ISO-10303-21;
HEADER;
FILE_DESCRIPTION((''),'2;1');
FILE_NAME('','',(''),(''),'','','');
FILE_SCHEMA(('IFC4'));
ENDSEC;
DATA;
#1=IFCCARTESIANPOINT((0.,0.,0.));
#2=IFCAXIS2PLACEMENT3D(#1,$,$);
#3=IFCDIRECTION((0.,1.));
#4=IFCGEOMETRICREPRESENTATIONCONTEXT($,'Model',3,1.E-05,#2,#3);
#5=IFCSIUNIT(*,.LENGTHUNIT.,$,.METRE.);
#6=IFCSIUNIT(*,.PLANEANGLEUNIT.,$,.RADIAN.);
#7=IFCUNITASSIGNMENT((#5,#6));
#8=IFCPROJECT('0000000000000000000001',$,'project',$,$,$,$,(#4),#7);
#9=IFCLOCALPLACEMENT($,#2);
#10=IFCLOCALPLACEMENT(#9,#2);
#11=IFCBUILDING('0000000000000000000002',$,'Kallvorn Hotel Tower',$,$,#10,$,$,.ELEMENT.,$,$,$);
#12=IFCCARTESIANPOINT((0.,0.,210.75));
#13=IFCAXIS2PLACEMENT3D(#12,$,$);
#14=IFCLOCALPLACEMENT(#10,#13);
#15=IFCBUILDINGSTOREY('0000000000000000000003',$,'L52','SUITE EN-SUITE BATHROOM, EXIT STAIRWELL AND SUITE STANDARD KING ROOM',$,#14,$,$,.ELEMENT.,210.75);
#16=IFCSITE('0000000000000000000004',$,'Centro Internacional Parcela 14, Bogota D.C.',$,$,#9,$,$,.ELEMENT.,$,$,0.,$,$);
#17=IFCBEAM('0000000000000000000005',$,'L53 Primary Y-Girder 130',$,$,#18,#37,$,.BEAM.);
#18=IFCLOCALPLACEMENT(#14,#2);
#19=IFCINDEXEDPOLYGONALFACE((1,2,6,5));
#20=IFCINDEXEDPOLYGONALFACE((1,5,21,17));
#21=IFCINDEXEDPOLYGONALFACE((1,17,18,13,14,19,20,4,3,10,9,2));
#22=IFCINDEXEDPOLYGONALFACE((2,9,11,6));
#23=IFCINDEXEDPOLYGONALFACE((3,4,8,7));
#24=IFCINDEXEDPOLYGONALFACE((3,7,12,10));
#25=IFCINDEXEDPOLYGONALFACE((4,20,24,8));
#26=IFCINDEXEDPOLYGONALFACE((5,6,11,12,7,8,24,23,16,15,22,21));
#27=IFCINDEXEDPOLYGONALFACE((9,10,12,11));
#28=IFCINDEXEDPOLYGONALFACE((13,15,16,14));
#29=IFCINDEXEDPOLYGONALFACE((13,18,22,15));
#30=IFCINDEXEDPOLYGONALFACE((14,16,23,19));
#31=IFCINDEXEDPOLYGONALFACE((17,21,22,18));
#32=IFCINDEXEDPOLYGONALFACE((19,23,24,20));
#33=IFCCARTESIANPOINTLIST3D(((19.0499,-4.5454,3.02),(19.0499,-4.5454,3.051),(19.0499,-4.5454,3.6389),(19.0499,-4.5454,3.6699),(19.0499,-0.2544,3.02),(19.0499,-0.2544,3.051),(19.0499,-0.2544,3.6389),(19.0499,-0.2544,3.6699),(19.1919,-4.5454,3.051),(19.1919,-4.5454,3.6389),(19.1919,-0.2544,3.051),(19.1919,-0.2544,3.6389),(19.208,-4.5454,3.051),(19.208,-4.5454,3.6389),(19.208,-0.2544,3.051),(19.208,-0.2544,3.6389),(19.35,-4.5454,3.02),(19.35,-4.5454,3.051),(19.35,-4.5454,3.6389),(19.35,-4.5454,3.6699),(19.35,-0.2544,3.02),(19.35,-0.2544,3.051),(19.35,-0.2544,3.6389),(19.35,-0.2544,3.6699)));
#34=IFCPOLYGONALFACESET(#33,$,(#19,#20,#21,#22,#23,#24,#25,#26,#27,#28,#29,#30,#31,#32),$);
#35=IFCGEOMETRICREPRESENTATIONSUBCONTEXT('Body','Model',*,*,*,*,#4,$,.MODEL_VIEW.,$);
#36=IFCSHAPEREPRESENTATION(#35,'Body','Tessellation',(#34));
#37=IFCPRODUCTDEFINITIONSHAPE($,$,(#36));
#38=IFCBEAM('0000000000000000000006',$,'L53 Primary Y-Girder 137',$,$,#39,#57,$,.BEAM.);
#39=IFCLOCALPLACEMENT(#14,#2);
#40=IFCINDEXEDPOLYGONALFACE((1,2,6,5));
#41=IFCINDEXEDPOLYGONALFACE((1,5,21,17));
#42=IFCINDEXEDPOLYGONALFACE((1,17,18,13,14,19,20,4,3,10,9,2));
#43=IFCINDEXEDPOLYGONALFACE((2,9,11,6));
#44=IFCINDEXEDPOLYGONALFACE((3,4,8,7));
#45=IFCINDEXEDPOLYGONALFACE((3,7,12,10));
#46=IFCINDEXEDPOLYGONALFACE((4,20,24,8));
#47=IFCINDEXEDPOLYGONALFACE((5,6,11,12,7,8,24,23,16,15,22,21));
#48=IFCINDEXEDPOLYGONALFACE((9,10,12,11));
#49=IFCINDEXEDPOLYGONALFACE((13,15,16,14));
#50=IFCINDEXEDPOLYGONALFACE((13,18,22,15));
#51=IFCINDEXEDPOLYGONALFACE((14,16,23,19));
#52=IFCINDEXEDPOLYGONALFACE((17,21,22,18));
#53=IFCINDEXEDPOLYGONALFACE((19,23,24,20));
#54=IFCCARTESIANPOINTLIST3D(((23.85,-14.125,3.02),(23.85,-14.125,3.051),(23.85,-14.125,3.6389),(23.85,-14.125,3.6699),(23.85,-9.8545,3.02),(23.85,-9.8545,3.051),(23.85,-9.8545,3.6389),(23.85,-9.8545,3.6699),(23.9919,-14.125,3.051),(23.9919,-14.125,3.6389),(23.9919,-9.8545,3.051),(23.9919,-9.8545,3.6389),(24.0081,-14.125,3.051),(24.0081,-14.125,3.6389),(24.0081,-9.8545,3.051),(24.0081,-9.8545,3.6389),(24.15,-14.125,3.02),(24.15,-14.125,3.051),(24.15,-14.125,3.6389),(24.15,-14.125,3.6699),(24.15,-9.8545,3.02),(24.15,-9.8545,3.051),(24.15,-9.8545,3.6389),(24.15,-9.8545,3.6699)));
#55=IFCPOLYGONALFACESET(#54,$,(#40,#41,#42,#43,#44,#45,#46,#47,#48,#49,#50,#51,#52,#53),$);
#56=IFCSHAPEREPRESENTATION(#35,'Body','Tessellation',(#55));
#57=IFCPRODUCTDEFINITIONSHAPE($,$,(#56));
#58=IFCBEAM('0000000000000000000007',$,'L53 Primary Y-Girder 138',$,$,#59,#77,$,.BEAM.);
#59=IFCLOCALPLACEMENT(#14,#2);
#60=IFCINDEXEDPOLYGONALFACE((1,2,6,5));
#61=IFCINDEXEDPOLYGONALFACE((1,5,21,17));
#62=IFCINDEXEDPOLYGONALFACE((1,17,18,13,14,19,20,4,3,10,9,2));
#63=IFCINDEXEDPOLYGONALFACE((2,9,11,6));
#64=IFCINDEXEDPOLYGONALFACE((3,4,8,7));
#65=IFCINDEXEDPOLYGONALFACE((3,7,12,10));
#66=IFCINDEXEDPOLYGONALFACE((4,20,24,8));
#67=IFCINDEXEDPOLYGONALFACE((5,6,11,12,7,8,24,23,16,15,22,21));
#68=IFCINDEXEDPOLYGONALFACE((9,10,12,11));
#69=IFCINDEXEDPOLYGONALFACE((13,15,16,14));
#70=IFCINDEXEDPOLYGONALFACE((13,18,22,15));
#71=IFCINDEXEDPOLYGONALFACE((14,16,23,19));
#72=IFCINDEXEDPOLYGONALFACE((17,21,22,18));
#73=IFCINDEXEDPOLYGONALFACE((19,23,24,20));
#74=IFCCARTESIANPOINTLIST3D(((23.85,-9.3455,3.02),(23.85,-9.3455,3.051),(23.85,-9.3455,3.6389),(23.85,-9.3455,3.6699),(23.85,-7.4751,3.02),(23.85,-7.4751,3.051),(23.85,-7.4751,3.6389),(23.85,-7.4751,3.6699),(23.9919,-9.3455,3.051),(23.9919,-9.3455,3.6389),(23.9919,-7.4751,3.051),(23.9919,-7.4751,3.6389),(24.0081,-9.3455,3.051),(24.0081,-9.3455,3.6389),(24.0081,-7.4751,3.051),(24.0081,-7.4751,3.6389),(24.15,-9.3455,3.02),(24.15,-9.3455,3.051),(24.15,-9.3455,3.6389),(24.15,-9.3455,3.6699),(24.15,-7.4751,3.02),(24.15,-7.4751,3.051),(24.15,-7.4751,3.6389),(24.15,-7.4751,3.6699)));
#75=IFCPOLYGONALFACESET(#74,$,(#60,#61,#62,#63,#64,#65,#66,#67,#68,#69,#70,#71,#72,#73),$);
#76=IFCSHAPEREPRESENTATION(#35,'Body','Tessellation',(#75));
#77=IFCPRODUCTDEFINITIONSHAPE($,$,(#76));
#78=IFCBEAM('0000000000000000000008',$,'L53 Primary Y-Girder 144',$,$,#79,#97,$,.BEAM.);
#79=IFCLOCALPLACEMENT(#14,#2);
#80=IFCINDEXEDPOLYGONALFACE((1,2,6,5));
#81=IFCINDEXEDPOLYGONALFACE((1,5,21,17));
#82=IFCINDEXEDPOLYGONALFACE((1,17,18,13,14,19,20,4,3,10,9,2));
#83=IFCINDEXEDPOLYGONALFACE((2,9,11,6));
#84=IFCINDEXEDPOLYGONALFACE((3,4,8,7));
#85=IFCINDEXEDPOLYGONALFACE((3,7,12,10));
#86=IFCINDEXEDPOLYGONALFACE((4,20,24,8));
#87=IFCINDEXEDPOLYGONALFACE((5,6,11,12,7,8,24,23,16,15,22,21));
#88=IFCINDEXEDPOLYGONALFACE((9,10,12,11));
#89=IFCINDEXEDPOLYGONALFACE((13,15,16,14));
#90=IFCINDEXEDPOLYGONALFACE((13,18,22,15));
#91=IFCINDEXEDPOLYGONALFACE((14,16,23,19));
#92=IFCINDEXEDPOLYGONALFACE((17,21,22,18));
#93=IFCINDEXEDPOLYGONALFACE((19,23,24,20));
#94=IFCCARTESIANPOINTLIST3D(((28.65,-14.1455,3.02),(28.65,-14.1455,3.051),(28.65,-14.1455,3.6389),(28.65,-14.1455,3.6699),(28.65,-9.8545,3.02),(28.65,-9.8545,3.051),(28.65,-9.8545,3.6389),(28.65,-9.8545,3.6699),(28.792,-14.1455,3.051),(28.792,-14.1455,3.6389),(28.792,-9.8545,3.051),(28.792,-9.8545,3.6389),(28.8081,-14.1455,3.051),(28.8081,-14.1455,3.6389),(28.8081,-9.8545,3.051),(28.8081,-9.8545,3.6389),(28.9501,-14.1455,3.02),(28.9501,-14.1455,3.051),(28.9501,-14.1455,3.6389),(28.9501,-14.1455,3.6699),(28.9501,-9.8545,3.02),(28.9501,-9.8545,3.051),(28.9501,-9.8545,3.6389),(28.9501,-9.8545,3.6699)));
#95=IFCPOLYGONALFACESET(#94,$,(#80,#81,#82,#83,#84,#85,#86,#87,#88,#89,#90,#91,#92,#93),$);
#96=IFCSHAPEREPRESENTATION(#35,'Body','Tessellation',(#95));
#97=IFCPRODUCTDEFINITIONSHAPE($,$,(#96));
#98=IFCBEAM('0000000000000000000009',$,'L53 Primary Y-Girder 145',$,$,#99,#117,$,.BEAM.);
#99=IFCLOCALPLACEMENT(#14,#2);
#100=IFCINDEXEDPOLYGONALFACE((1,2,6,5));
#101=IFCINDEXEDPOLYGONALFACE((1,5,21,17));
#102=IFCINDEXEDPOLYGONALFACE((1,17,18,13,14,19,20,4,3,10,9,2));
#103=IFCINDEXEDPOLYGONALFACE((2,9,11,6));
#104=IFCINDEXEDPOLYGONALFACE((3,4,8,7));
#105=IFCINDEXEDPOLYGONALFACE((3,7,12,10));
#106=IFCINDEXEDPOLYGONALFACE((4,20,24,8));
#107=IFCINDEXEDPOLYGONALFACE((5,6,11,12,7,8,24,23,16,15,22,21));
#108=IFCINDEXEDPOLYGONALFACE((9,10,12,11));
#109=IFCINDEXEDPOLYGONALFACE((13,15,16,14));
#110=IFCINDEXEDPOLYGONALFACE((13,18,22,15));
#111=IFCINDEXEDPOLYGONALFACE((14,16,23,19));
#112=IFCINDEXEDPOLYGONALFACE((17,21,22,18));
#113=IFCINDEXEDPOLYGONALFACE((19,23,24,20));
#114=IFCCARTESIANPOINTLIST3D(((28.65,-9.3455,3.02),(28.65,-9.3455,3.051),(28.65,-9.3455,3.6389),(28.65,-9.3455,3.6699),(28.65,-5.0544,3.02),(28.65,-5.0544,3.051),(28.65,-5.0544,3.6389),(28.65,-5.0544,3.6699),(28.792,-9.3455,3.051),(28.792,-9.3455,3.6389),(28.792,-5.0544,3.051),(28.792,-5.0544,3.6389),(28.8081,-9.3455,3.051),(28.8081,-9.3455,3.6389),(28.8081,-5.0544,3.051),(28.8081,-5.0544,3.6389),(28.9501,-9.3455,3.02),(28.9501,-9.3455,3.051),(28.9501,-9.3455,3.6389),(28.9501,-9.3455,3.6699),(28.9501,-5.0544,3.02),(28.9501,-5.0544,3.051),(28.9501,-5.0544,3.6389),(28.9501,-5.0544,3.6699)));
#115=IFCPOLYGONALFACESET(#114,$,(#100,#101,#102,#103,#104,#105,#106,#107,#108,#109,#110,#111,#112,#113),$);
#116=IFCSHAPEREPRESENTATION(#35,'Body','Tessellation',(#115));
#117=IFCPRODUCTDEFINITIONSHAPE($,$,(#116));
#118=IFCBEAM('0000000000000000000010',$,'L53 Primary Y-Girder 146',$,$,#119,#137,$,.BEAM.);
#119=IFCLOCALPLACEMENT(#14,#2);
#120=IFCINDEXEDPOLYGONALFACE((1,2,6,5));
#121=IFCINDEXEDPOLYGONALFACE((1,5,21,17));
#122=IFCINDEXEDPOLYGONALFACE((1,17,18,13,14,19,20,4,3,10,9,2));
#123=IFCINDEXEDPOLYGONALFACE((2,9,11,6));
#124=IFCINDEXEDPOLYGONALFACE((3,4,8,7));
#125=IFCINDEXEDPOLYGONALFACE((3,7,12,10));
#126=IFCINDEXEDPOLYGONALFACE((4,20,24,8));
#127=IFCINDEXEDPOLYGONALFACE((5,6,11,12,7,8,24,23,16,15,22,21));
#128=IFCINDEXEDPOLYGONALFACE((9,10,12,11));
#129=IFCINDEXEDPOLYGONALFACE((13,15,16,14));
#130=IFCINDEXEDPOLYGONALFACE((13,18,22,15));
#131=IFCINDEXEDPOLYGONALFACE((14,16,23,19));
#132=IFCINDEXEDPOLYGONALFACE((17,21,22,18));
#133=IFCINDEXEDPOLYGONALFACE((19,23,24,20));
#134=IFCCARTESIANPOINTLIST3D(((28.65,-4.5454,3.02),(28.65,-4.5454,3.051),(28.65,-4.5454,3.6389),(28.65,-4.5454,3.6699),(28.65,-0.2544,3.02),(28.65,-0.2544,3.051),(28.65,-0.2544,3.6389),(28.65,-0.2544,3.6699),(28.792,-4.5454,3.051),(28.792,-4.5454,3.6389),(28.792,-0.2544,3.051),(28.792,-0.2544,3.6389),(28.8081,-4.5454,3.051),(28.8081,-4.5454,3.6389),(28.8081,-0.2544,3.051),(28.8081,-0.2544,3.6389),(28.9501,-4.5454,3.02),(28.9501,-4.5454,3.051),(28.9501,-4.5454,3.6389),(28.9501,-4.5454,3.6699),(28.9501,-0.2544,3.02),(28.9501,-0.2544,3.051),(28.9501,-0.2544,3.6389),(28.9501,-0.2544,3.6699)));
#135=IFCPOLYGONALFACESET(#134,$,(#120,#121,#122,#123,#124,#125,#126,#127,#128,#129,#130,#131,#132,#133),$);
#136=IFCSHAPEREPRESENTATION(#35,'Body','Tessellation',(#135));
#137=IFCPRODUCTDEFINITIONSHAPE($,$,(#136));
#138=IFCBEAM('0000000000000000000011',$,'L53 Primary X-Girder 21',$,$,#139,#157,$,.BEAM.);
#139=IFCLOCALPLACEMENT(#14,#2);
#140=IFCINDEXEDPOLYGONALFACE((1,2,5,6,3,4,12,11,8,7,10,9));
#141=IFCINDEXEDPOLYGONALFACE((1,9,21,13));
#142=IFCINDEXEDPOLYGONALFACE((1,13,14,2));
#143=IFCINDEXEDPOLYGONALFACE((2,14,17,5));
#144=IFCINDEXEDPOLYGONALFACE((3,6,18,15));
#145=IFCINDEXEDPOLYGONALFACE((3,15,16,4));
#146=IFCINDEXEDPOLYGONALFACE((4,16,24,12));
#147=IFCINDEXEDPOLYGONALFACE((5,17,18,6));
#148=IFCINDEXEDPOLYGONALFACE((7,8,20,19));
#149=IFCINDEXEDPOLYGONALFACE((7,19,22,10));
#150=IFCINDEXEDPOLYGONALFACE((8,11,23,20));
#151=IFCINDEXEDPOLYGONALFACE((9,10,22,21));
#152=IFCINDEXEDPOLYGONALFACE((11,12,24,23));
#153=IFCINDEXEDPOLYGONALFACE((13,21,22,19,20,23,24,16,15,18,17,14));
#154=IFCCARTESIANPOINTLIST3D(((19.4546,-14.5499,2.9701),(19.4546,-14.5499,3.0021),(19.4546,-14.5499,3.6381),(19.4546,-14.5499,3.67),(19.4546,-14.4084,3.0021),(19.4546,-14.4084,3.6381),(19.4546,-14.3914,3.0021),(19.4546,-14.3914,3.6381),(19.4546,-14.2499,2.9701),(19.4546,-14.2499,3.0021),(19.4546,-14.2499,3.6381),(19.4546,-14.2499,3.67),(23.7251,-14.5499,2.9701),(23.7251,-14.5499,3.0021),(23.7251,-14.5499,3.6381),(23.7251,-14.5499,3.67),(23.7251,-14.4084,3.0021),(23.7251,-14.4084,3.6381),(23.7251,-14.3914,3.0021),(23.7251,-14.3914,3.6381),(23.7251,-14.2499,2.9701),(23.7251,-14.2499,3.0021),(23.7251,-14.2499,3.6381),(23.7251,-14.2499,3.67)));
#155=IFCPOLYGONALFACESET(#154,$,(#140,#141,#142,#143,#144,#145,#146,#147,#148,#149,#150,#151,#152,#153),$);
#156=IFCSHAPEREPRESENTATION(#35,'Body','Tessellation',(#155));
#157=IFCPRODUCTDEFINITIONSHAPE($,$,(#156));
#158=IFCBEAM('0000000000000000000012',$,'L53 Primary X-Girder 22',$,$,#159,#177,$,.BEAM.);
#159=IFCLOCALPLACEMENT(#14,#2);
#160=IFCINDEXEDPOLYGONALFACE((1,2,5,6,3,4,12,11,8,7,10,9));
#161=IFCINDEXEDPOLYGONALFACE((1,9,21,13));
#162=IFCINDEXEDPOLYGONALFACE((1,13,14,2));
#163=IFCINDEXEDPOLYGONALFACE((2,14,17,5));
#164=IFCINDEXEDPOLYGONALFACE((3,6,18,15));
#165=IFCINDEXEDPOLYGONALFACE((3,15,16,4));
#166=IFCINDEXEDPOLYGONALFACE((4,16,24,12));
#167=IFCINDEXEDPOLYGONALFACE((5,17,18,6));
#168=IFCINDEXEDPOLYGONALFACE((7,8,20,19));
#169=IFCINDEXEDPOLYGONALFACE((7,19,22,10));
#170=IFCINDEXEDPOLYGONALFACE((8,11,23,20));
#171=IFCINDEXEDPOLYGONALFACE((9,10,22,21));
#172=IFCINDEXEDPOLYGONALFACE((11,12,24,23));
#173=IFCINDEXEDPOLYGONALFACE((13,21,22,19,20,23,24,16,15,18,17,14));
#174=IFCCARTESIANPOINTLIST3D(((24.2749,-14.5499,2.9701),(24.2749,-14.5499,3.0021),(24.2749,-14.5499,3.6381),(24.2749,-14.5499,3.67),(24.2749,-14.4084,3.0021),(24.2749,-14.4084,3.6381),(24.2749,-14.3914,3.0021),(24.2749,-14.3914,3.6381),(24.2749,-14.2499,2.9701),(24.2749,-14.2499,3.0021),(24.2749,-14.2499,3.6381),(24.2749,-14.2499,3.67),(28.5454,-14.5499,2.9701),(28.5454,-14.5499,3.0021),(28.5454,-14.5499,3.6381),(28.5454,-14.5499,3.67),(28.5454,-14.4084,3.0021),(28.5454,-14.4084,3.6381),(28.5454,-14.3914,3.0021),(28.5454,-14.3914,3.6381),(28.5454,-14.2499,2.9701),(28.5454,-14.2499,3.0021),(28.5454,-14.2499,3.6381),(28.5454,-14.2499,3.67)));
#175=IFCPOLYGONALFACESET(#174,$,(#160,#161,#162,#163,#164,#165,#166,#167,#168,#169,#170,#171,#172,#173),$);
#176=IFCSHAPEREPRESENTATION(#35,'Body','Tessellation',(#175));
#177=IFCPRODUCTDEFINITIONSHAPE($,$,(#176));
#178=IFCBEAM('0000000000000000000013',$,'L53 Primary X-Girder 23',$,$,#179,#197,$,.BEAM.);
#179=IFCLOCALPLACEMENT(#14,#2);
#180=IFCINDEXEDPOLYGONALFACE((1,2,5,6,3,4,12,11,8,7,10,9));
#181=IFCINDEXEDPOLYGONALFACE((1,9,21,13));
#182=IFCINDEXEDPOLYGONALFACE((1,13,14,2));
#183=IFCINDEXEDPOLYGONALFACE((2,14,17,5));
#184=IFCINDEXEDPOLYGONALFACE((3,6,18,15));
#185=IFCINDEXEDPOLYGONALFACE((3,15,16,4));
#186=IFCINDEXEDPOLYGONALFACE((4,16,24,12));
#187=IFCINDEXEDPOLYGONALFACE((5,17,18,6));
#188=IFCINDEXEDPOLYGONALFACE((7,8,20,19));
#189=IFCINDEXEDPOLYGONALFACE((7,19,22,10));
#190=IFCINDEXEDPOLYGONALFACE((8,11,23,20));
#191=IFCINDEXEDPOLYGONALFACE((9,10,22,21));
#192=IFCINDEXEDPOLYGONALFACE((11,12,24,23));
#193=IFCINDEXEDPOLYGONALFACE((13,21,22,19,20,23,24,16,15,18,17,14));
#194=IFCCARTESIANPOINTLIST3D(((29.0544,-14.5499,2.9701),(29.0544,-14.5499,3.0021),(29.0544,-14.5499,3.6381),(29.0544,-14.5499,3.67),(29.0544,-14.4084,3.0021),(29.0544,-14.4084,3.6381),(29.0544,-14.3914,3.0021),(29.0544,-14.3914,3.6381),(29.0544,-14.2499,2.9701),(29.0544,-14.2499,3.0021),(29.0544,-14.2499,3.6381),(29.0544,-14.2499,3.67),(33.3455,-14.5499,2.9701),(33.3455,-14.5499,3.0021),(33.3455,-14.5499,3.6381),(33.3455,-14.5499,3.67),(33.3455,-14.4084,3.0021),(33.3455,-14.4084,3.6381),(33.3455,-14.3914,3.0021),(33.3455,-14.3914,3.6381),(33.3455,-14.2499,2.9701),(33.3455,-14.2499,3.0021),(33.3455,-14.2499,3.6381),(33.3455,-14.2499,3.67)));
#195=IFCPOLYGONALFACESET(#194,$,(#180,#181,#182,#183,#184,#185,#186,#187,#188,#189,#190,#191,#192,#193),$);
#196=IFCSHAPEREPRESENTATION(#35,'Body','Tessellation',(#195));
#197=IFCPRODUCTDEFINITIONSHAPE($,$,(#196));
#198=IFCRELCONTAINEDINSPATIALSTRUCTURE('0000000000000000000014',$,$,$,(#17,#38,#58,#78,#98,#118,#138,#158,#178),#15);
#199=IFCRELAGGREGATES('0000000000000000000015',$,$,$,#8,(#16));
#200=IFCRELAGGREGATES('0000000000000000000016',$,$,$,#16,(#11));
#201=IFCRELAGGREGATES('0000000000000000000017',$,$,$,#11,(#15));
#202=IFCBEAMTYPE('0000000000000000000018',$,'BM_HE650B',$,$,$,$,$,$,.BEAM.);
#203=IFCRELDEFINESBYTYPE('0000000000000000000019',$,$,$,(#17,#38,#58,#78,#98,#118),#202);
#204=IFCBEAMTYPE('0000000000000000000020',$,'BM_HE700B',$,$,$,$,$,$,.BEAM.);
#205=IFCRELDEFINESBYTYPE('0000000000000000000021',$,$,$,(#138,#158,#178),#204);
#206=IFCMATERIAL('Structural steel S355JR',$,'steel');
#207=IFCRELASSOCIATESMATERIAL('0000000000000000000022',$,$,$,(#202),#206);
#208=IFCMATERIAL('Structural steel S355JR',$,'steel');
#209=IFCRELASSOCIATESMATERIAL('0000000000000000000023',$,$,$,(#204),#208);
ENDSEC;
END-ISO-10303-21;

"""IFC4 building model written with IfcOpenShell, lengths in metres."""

from ifc_helpers import new_model, si_unit, direction, frame, origin, origin_2d, place, context, subcontext, project, spatial, i_section, extrude, material, material_profile, profile_set, type_object, element, save


model = new_model("IFC4")

# Units and contexts
model_context = context("Model", 3, precision=1e-05, world=origin(), true_north=direction((0.0, 1.0)))
body_context = subcontext(model_context, "Body", "Model", "MODEL_VIEW")
ifc_project = project(units=[si_unit("LENGTHUNIT", "METRE"), si_unit("PLANEANGLEUNIT", "RADIAN")], contexts=[model_context])

# Site, building, storey
site_placement = place(None, origin())
site = spatial("IfcSite", under=ifc_project, at=site_placement, Name="Centro Internacional Parcela 14, Bogota D.C.", CompositionType="ELEMENT", RefElevation=0.0)
building_placement = place(site_placement, origin())
building = spatial("IfcBuilding", under=site, at=building_placement, Name="Kallvorn Hotel Tower", CompositionType="ELEMENT")
storey_placement = place(building_placement, frame((0.0, 0.0, 210.75)))
storey = spatial("IfcBuildingStorey", under=building, at=storey_placement, Name="L52", Description="SUITE EN-SUITE BATHROOM, EXIT STAIRWELL AND SUITE STANDARD KING ROOM", CompositionType="ELEMENT", Elevation=210.75)

# Beams
ifc_material_1 = material(Name="Structural steel S355JR", Category="steel")
ifc_material_profile_1 = material_profile(ifc_material_1, i_section(OverallWidth=0.3, OverallDepth=0.6499, WebThickness=0.0161, FlangeThickness=0.031, at=origin_2d()), Name="HE 650 B")
ifc_profile_set_1 = profile_set([ifc_material_profile_1], Name="Structural steel S355JR")
beam_type_1 = type_object("IfcBeamType", Name="BM_HE650B", PredefinedType="BEAM", material=ifc_profile_set_1)
for number, where, z_axis, x_axis, name in (
    (1, (19.2, -4.5454, 3.345), (0.0, 1.0, 0.0), (-1.0, 0.0, 0.0), "L53 Primary Y-Girder 130"),
):
    element("IfcBeam", number, at=place(storey_placement, frame(where, z_axis=z_axis, x_axis=x_axis)), inside=storey, type_object=beam_type_1, Name=name, PredefinedType="BEAM", context=body_context, shape_type="SweptSolid", body=[
        extrude(i_section(OverallWidth=0.3, OverallDepth=0.6499, WebThickness=0.0161, FlangeThickness=0.031, at=origin_2d()), origin(), (0.0, 0.0, 1.0), 4.291),
    ])
beam_1_placement = place(storey_placement, frame((24.0, -14.125, 3.345), z_axis=(0.0, 1.0, 0.0), x_axis=(-1.0, 0.0, 0.0)))
element("IfcBeam", 2, at=beam_1_placement, inside=storey, type_object=beam_type_1, Name="L53 Primary Y-Girder 137", PredefinedType="BEAM", context=body_context, shape_type="SweptSolid", body=[
    extrude(i_section(OverallWidth=0.3, OverallDepth=0.6499, WebThickness=0.0161, FlangeThickness=0.031, at=origin_2d()), origin(), (0.0, 0.0, 1.0), 4.2705),
])
beam_2_placement = place(storey_placement, frame((24.0, -9.3455, 3.345), z_axis=(0.0, 1.0, 0.0), x_axis=(-1.0, 0.0, 0.0)))
element("IfcBeam", 3, at=beam_2_placement, inside=storey, type_object=beam_type_1, Name="L53 Primary Y-Girder 138", PredefinedType="BEAM", context=body_context, shape_type="SweptSolid", body=[
    extrude(i_section(OverallWidth=0.3, OverallDepth=0.6499, WebThickness=0.0161, FlangeThickness=0.031, at=origin_2d()), origin(), (0.0, 0.0, 1.0), 1.8704),
])
for number, where, z_axis, x_axis, name in (
    (4, (28.8, -14.1455, 3.345), (0.0, 1.0, 0.0), (-1.0, 0.0, 0.0), "L53 Primary Y-Girder 144"),
    (5, (28.8, -9.3455, 3.345), (0.0, 1.0, 0.0), (-1.0, 0.0, 0.0), "L53 Primary Y-Girder 145"),
    (6, (28.8, -4.5454, 3.345), (0.0, 1.0, 0.0), (-1.0, 0.0, 0.0), "L53 Primary Y-Girder 146"),
):
    element("IfcBeam", number, at=place(storey_placement, frame(where, z_axis=z_axis, x_axis=x_axis)), inside=storey, type_object=beam_type_1, Name=name, PredefinedType="BEAM", context=body_context, shape_type="SweptSolid", body=[
        extrude(i_section(OverallWidth=0.3, OverallDepth=0.6499, WebThickness=0.0161, FlangeThickness=0.031, at=origin_2d()), origin(), (0.0, 0.0, 1.0), 4.291),
    ])
ifc_material_2 = material(Name="Structural steel S355JR", Category="steel")
ifc_material_profile_2 = material_profile(ifc_material_2, i_section(OverallWidth=0.3, OverallDepth=0.7, WebThickness=0.0171, FlangeThickness=0.032, at=origin_2d()), Name="HE 700 B")
ifc_profile_set_2 = profile_set([ifc_material_profile_2], Name="Structural steel S355JR")
beam_type_2 = type_object("IfcBeamType", Name="BM_HE700B", PredefinedType="BEAM", material=ifc_profile_set_2)
for number, where, z_axis, x_axis, name in (
    (7, (19.4546, -14.3999, 3.3201), (1.0, 0.0, 0.0), (0.0, 1.0, 0.0), "L53 Primary X-Girder 21"),
    (8, (24.2749, -14.3999, 3.3201), (1.0, 0.0, 0.0), (0.0, 1.0, 0.0), "L53 Primary X-Girder 22"),
):
    element("IfcBeam", number, at=place(storey_placement, frame(where, z_axis=z_axis, x_axis=x_axis)), inside=storey, type_object=beam_type_2, Name=name, PredefinedType="BEAM", context=body_context, shape_type="SweptSolid", body=[
        extrude(i_section(OverallWidth=0.3, OverallDepth=0.7, WebThickness=0.0171, FlangeThickness=0.032, at=origin_2d()), origin(), (0.0, 0.0, 1.0), 4.2705),
    ])
for number, where, z_axis, x_axis, name in (
    (9, (29.0544, -14.3999, 3.3201), (1.0, 0.0, 0.0), (0.0, 1.0, 0.0), "L53 Primary X-Girder 23"),
):
    element("IfcBeam", number, at=place(storey_placement, frame(where, z_axis=z_axis, x_axis=x_axis)), inside=storey, type_object=beam_type_2, Name=name, PredefinedType="BEAM", context=body_context, shape_type="SweptSolid", body=[
        extrude(i_section(OverallWidth=0.3, OverallDepth=0.7, WebThickness=0.0171, FlangeThickness=0.032, at=origin_2d()), origin(), (0.0, 0.0, 1.0), 4.291),
    ])

save(model, "model.ifc")
